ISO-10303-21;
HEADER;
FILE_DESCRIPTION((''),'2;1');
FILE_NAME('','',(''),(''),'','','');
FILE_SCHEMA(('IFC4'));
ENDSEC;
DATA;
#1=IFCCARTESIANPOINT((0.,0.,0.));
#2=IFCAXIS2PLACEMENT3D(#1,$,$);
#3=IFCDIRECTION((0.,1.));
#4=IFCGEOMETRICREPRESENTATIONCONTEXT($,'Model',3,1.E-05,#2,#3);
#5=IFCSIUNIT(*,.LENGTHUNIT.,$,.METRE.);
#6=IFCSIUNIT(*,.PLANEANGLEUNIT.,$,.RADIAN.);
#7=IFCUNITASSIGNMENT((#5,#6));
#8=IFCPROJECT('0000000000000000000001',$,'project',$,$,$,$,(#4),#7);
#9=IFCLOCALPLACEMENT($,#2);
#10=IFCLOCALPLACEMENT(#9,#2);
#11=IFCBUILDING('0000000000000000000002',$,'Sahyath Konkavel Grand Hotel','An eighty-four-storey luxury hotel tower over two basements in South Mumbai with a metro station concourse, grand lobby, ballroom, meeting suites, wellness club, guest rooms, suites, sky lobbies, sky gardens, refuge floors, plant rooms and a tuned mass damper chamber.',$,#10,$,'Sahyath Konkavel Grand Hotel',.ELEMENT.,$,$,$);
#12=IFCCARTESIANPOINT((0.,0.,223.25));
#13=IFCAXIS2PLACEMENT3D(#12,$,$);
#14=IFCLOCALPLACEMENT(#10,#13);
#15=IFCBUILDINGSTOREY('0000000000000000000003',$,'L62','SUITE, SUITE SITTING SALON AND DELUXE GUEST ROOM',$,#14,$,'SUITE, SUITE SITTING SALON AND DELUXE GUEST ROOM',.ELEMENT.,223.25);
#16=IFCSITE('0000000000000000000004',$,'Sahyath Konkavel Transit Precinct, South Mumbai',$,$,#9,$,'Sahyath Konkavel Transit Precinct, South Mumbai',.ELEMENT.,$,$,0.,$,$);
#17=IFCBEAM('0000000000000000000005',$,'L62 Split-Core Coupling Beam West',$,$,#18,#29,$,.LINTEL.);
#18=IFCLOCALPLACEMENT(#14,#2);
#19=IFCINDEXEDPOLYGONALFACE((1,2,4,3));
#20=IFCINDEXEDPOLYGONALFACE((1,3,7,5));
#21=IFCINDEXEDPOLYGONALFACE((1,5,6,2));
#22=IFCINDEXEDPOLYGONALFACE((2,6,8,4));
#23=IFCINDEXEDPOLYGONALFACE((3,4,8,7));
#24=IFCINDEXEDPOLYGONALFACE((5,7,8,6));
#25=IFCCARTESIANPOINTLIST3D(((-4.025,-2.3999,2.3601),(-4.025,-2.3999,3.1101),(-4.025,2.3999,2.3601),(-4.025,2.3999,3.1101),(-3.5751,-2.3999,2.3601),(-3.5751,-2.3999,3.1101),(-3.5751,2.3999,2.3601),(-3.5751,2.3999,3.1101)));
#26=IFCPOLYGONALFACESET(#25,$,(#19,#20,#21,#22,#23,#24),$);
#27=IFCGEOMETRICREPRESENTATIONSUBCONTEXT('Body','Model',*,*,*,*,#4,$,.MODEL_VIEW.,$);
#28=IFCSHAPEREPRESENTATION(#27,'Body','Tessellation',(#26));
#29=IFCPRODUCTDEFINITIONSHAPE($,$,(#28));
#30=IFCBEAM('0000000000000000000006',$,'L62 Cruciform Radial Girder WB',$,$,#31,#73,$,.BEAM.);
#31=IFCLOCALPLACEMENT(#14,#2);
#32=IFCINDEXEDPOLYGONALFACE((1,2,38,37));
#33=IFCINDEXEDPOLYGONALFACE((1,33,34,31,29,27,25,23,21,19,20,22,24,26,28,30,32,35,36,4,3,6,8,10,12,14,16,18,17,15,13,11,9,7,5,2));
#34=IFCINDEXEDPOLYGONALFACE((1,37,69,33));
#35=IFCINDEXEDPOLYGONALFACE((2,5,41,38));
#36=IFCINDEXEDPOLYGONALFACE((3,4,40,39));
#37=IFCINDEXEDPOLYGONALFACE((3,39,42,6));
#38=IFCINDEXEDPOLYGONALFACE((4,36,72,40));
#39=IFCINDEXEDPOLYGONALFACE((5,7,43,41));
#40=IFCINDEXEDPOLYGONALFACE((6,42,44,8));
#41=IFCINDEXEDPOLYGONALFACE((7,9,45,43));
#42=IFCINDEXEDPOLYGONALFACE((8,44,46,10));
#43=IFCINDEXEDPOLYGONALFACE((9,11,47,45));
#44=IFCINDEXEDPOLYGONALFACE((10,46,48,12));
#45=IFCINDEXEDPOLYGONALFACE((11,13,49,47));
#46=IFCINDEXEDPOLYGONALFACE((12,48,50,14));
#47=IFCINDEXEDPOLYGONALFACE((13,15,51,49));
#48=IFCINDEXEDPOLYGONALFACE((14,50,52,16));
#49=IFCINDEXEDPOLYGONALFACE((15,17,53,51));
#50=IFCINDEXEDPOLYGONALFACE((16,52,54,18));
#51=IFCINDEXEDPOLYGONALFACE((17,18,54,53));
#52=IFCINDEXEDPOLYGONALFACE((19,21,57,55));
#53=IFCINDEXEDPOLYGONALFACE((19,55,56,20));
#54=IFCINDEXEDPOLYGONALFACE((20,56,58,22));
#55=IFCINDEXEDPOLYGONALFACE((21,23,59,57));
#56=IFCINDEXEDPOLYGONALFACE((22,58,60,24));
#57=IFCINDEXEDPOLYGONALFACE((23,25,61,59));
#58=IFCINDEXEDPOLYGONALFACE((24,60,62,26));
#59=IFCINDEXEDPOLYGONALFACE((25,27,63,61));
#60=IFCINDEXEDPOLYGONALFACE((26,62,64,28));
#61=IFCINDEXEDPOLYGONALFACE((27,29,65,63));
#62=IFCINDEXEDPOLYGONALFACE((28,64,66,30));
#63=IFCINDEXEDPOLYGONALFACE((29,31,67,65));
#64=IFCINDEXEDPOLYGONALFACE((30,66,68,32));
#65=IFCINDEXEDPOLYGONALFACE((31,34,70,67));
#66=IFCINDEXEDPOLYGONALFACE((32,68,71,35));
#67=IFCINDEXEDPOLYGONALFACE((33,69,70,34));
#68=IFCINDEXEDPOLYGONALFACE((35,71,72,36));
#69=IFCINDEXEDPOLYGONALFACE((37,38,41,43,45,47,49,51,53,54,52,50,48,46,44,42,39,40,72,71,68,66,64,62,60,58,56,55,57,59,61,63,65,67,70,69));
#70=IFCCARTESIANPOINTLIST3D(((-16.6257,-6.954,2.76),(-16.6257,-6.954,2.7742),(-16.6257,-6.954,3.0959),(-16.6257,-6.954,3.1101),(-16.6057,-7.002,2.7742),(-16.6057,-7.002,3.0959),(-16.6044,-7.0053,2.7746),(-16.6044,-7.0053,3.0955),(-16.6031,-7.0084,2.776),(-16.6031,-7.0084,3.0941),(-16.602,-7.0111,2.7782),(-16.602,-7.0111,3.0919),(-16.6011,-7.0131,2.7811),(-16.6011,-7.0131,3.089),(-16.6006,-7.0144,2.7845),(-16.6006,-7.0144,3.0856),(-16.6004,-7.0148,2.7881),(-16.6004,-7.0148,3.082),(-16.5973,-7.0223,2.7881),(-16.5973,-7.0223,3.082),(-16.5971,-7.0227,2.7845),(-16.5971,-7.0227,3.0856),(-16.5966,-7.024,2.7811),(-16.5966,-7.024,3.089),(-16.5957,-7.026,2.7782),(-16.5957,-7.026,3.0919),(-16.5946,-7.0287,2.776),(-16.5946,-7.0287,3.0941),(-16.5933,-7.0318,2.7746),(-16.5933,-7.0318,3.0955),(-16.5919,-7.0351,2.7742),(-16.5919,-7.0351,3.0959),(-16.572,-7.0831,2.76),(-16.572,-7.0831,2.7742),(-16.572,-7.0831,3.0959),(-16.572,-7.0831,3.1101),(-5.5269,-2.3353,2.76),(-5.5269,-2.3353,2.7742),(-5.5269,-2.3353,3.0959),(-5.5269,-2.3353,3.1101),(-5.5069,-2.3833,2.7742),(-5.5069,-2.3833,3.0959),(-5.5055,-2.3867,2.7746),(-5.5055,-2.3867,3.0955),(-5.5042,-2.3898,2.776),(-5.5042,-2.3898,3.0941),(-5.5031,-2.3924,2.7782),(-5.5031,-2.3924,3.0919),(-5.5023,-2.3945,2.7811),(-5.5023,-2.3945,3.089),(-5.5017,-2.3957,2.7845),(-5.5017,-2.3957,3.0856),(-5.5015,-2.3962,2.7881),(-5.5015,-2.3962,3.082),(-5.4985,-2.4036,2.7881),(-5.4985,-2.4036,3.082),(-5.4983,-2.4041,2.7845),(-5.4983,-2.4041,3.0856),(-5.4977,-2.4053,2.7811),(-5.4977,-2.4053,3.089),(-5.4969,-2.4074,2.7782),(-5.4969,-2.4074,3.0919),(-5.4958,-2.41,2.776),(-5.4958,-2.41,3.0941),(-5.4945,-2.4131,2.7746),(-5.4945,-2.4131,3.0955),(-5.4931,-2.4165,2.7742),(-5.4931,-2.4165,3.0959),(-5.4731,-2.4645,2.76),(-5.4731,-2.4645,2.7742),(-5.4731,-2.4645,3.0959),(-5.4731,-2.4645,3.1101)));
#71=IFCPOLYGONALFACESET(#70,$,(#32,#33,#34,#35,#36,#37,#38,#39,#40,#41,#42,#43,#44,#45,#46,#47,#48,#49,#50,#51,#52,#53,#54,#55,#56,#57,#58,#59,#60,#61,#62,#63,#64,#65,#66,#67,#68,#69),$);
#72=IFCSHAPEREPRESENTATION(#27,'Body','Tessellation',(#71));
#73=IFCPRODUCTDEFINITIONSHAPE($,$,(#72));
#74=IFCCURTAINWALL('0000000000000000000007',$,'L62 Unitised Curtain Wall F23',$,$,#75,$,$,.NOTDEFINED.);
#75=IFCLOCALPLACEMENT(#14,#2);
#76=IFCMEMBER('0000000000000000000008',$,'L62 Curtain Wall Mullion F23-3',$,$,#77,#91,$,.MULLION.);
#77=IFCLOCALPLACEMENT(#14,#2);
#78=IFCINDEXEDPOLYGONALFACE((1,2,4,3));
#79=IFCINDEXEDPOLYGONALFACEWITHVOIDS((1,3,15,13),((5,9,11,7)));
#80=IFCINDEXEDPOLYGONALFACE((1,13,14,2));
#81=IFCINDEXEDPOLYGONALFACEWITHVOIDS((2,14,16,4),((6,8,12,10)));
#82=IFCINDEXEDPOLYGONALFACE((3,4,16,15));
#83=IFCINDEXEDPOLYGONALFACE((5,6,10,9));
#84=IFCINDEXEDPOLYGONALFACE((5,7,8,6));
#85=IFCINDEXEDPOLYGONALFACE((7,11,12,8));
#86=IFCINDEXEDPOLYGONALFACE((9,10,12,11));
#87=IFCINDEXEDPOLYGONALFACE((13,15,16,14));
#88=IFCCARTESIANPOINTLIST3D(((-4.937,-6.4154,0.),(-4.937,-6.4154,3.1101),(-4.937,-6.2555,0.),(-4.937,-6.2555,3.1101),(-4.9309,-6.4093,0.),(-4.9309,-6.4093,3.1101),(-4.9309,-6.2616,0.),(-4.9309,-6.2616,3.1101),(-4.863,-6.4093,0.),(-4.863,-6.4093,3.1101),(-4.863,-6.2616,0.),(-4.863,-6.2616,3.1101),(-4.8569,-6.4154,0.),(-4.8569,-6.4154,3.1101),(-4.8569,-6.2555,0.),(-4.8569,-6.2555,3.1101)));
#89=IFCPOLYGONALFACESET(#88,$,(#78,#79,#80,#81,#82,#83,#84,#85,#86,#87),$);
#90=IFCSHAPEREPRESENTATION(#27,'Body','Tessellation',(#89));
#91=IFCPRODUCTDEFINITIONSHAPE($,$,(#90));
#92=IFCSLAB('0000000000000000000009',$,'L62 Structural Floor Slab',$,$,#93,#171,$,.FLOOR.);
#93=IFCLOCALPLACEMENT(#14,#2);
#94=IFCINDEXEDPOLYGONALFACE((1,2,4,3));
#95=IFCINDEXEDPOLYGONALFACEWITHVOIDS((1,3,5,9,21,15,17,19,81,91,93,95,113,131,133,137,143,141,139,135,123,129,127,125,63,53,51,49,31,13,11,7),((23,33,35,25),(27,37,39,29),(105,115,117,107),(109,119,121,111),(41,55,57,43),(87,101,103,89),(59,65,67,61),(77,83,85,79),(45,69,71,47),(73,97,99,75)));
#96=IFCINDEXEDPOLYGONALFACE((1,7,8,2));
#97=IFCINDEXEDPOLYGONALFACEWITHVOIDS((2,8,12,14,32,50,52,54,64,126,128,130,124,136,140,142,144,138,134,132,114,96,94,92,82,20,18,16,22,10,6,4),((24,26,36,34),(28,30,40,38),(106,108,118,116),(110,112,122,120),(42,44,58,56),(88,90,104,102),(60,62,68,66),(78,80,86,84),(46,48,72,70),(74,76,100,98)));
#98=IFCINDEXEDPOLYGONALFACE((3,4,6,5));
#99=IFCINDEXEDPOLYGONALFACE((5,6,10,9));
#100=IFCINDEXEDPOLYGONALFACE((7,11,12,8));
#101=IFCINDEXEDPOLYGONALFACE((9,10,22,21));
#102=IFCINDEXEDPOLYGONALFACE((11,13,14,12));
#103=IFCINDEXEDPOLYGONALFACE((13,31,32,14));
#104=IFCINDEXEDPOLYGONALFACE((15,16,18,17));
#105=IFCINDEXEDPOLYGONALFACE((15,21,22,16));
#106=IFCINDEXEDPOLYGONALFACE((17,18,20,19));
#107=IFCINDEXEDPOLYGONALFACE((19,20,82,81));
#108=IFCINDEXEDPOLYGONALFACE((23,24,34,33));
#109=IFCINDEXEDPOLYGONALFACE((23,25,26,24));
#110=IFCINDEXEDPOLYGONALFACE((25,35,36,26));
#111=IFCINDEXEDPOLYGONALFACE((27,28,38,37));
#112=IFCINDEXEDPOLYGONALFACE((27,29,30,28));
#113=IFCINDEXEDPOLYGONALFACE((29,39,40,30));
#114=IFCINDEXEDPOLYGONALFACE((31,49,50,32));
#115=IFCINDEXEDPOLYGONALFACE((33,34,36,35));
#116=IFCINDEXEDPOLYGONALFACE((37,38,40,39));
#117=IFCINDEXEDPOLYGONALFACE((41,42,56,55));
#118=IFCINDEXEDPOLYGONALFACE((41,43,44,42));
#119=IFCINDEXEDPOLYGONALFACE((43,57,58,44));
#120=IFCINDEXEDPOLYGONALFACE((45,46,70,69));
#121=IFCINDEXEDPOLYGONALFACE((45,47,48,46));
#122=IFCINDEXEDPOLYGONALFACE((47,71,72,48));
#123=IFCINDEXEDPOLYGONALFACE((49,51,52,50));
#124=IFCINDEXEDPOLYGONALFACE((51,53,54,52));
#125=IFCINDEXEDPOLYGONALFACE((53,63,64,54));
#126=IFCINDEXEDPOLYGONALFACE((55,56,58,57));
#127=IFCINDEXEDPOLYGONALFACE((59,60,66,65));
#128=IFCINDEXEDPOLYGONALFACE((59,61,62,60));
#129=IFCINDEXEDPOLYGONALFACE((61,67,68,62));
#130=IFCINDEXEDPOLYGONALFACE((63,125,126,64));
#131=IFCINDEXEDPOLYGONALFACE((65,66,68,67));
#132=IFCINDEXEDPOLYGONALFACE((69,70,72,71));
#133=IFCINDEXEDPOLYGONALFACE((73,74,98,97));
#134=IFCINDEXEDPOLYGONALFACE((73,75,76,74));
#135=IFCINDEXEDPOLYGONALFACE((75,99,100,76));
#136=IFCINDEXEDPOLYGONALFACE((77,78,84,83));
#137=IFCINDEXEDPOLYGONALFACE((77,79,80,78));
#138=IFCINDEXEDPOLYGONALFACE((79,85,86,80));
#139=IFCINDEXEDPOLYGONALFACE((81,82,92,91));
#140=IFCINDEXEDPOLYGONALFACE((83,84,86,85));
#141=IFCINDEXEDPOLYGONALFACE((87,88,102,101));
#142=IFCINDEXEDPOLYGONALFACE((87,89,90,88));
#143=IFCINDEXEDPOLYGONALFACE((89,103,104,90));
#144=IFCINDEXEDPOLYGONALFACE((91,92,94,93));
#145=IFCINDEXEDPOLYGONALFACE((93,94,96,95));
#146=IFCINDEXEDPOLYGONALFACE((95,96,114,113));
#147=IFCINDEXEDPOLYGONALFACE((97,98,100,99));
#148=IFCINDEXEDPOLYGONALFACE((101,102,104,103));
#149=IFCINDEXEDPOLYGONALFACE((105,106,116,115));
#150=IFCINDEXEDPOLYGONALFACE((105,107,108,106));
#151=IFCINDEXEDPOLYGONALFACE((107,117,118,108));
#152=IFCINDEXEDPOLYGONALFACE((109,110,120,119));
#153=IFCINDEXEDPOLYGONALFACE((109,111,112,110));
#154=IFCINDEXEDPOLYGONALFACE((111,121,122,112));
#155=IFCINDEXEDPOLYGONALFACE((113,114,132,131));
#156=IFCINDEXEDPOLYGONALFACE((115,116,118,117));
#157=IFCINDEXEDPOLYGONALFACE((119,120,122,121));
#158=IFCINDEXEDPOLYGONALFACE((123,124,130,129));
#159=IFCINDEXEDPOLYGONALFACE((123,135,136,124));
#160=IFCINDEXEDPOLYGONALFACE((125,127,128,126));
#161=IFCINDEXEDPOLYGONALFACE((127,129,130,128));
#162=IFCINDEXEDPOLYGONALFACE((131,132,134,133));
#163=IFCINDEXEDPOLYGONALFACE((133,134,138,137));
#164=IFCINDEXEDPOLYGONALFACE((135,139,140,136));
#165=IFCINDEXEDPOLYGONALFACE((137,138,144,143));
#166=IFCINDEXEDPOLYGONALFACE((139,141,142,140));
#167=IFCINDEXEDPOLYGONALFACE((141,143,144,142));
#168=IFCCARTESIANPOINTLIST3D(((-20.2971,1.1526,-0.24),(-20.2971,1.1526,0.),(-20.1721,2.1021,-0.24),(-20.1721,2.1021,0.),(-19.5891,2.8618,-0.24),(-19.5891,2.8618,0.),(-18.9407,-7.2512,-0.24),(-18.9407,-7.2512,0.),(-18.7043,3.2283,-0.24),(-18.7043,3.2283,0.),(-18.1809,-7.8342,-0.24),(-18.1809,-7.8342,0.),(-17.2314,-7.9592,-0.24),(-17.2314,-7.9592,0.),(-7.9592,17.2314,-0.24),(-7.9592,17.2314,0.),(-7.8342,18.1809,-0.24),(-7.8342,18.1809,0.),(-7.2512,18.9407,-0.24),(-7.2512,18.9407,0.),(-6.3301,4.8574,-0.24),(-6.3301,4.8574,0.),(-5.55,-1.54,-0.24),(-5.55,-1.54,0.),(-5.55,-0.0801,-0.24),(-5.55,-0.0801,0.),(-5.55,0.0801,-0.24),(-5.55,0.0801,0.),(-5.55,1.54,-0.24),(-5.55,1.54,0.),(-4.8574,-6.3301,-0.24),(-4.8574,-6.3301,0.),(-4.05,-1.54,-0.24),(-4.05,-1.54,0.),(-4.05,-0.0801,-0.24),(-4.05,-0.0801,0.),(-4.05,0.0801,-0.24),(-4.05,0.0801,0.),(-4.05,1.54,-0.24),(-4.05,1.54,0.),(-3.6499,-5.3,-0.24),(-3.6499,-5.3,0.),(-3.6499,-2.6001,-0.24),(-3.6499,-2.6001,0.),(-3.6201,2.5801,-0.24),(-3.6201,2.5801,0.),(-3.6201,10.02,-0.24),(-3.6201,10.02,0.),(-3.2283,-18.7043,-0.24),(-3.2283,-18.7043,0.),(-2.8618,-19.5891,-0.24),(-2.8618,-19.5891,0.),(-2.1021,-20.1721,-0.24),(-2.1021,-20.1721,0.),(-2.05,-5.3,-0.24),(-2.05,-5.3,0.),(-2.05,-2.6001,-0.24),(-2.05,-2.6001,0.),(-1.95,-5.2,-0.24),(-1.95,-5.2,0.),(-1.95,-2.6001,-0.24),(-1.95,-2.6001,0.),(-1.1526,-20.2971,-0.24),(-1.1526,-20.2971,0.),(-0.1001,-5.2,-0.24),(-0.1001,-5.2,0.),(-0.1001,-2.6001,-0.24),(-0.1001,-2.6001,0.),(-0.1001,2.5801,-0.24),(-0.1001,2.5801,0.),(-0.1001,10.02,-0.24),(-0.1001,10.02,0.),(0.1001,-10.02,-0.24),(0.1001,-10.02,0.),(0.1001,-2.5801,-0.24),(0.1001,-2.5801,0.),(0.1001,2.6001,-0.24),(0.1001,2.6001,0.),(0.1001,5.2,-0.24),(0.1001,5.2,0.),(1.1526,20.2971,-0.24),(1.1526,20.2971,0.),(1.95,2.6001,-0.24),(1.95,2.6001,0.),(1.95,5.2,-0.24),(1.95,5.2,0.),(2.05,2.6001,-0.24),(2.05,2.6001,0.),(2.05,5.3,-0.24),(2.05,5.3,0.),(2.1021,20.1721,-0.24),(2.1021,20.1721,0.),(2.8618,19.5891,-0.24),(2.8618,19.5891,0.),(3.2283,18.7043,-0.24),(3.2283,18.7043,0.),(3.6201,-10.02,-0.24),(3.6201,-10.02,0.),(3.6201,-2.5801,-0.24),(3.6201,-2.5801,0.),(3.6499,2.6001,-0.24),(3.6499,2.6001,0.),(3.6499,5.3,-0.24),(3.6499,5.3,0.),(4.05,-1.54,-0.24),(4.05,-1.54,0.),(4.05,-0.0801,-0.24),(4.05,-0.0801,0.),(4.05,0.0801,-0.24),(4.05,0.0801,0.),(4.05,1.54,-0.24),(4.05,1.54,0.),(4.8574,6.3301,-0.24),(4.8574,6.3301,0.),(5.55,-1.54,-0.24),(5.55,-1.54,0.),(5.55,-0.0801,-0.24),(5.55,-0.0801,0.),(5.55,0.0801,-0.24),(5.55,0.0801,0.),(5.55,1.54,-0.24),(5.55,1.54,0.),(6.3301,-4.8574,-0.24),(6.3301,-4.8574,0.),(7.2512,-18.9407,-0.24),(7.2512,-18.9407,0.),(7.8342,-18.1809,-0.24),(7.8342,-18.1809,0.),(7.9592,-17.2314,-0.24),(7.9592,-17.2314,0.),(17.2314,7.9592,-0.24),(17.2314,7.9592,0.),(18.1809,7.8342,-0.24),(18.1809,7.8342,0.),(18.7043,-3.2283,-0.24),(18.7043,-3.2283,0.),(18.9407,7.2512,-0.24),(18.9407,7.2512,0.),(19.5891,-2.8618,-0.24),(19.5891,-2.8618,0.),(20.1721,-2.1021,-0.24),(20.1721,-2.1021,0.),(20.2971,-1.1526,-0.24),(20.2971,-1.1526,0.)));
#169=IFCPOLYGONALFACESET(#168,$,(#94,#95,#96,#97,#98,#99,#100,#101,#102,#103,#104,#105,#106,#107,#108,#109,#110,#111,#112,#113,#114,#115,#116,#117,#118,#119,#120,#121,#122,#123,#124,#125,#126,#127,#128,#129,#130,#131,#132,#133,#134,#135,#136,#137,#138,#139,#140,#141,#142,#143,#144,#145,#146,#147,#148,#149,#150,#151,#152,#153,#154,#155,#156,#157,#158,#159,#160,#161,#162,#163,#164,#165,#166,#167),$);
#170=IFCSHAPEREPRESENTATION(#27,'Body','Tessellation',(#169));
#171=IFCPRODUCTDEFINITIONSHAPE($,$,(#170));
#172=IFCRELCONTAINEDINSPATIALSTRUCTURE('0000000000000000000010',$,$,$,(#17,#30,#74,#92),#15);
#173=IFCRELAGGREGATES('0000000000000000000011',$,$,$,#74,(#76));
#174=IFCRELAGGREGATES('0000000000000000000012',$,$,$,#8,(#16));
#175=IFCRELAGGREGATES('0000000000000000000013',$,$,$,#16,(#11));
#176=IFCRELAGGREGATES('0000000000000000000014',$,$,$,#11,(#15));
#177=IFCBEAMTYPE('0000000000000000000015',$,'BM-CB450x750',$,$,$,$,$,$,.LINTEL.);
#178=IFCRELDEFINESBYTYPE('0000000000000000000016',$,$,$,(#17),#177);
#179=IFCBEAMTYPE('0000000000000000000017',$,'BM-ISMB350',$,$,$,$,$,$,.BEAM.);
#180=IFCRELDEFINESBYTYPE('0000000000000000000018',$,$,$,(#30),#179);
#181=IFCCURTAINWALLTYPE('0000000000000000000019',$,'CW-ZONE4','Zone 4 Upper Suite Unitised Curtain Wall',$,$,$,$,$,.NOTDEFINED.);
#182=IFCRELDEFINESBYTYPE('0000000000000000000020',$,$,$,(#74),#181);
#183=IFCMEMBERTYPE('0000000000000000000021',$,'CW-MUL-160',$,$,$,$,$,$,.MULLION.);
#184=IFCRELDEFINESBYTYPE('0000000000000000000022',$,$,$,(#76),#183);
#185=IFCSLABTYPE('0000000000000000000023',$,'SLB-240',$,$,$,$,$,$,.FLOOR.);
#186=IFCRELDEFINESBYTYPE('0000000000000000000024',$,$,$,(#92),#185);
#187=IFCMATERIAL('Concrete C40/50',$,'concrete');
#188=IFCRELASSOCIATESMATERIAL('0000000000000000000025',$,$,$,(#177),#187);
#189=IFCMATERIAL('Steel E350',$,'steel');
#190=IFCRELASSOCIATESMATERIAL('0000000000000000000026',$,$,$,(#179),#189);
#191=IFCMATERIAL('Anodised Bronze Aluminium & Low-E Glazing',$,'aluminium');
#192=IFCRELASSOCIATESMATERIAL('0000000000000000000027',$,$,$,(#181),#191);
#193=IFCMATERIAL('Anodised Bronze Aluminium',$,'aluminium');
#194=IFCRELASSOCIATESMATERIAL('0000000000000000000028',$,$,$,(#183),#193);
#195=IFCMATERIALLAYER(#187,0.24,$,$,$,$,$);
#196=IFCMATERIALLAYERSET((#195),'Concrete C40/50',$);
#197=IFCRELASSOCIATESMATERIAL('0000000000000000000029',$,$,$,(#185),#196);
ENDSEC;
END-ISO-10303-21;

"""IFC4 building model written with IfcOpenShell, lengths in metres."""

from ifc_helpers import new_model, si_unit, direction, frame, origin, origin_2d, place, context, subcontext, project, spatial, polyline, rectangle, hollow_rectangle, i_section, outline, extrude, source, transform, mapped, material, layer, layer_set, material_profile, profile_set, type_object, element, aggregate, save


model = new_model("IFC4")

# Units and contexts
model_context = context("Model", 3, precision=1e-05, world=origin(), true_north=direction((0.0, 1.0)))
body_context = subcontext(model_context, "Body", "Model", "MODEL_VIEW")
ifc_project = project(units=[si_unit("LENGTHUNIT", "METRE"), si_unit("PLANEANGLEUNIT", "RADIAN")], contexts=[model_context])

# Site, building, storey
site_placement = place(None, origin())
site = spatial("IfcSite", under=ifc_project, at=site_placement, Name="Sahyath Konkavel Transit Precinct, South Mumbai", LongName="Sahyath Konkavel Transit Precinct, South Mumbai", CompositionType="ELEMENT", RefElevation=0.0)
building_placement = place(site_placement, origin())
building = spatial("IfcBuilding", under=site, at=building_placement, Name="Sahyath Konkavel Grand Hotel", Description="An eighty-four-storey luxury hotel tower over two basements in South Mumbai with a metro station concourse, grand lobby, ballroom, meeting suites, wellness club, guest rooms, suites, sky lobbies, sky gardens, refuge floors, plant rooms and a tuned mass damper chamber.", LongName="Sahyath Konkavel Grand Hotel", CompositionType="ELEMENT")
storey_placement = place(building_placement, frame((0.0, 0.0, 223.25)))
storey = spatial("IfcBuildingStorey", under=building, at=storey_placement, Name="L62", Description="SUITE, SUITE SITTING SALON AND DELUXE GUEST ROOM", LongName="SUITE, SUITE SITTING SALON AND DELUXE GUEST ROOM", CompositionType="ELEMENT", Elevation=223.25)

# Shared definitions
ifc_material_1 = material(Name="Concrete C40/50", Category="concrete")

# Beams
ifc_material_2 = material(Name="Steel E350", Category="steel")
ifc_material_profile_1 = material_profile(ifc_material_1, rectangle(XDim=0.45, YDim=0.75, at=origin_2d()), Name="RC 450x750")
ifc_profile_set_1 = profile_set([ifc_material_profile_1], Name="Concrete C40/50")
beam_type_1 = type_object("IfcBeamType", Name="BM-CB450x750", PredefinedType="LINTEL", material=ifc_profile_set_1)
shared_shape_1 = source(origin(), body_context, "Body", "SweptSolid", [
    extrude(rectangle(XDim=0.45, YDim=0.75, at=origin_2d()), origin(), (0.0, 0.0, 1.0), 4.7998),
])
beam_1_placement = place(storey_placement, frame((-3.8, -2.3999, 2.7351), z_axis=(0.0, 1.0, 0.0), x_axis=(-1.0, 0.0, 0.0)))
element("IfcBeam", 1, at=beam_1_placement, inside=storey, type_object=beam_type_1, Name="L62 Split-Core Coupling Beam West", PredefinedType="LINTEL", context=body_context, shape_type="MappedRepresentation", body=[
    mapped(shared_shape_1, transform((0.0, 0.0, 0.0), scale=1.0)),
])
ifc_material_profile_2 = material_profile(ifc_material_2, i_section(OverallWidth=0.1399, OverallDepth=0.3501, WebThickness=0.0081, FlangeThickness=0.0142, FilletRadius=0.0139, at=origin_2d()), Name="ISMB 350")
ifc_profile_set_2 = profile_set([ifc_material_profile_2], Name="Steel E350")
beam_type_2 = type_object("IfcBeamType", Name="BM-ISMB350", PredefinedType="BEAM", material=ifc_profile_set_2)
shared_shape_2 = source(origin(), body_context, "Body", "SweptSolid", [
    extrude(i_section(OverallWidth=0.1399, OverallDepth=0.3501, WebThickness=0.0081, FlangeThickness=0.0142, FilletRadius=0.0139, at=origin_2d()), origin(), (0.0, 0.0, 1.0), 12.0215),
])
beam_2_placement = place(storey_placement, frame((-5.5, -2.3999, 2.9351), z_axis=(-0.92325, -0.384199, 0.0), x_axis=(0.384199, -0.92325, 0.0)))
element("IfcBeam", 2, at=beam_2_placement, inside=storey, type_object=beam_type_2, Name="L62 Cruciform Radial Girder WB", PredefinedType="BEAM", context=body_context, shape_type="MappedRepresentation", body=[
    mapped(shared_shape_2, transform((0.0, 0.0, 0.0), scale=1.0)),
])

# Curtain wall, member
ifc_material_3 = material(Name="Anodised Bronze Aluminium & Low-E Glazing", Category="aluminium")
curtain_wall_type = type_object("IfcCurtainWallType", Name="CW-ZONE4", Description="Zone 4 Upper Suite Unitised Curtain Wall", PredefinedType="NOTDEFINED", material=ifc_material_3)
curtain_wall_placement = place(storey_placement, origin())
curtain_wall = element("IfcCurtainWall", 3, at=curtain_wall_placement, inside=storey, type_object=curtain_wall_type, Name="L62 Unitised Curtain Wall F23", PredefinedType="NOTDEFINED")
ifc_material_4 = material(Name="Anodised Bronze Aluminium", Category="aluminium")
ifc_material_profile_3 = material_profile(ifc_material_4, hollow_rectangle(XDim=0.0801, YDim=0.1599, WallThickness=0.0061, at=origin_2d()), Name="RHS 160x80x6")
ifc_profile_set_3 = profile_set([ifc_material_profile_3], Name="Anodised Bronze Aluminium")
member_type = type_object("IfcMemberType", Name="CW-MUL-160", PredefinedType="MULLION", material=ifc_profile_set_3)
shared_shape_3 = source(origin(), body_context, "Body", "SweptSolid", [
    extrude(hollow_rectangle(XDim=0.0801, YDim=0.1599, WallThickness=0.0061, at=origin_2d()), origin(), (0.0, 0.0, 1.0), 3.1101),
])
member_placement = place(storey_placement, frame((-4.897, -6.3354, 0.0), z_axis=(0.0, 0.0, 1.0), x_axis=(1.0, 0.0, 0.0)))
member = element("IfcMember", 4, at=member_placement, type_object=member_type, Name="L62 Curtain Wall Mullion F23-3", PredefinedType="MULLION", context=body_context, shape_type="MappedRepresentation", body=[
    mapped(shared_shape_3, transform((0.0, 0.0, 0.0), scale=1.0)),
])
aggregate(curtain_wall, [member])

# Slab
ifc_layer_1 = layer(ifc_material_1, 0.24)
ifc_layer_set_1 = layer_set([ifc_layer_1], Name="Concrete C40/50")
slab_type_1 = type_object("IfcSlabType", Name="SLB-240", PredefinedType="FLOOR", material=ifc_layer_set_1)
slab_1_placement = place(storey_placement, frame((0.0, 0.0, -0.24)))
element("IfcSlab", 5, at=slab_1_placement, inside=storey, type_object=slab_type_1, Name="L62 Structural Floor Slab", PredefinedType="FLOOR", context=body_context, shape_type="SweptSolid", body=[
    extrude(outline(polyline([(6.3301, -4.8574), (18.7043, -3.2283), (19.5891, -2.8618), (20.1721, -2.1021), (20.2971, -1.1526), (18.9407, 7.2512), (18.1809, 7.8342), (17.2314, 7.9592), (4.8574, 6.3301), (3.2283, 18.7043), (2.8618, 19.5891), (2.1021, 20.1721), (1.1526, 20.2971), (-7.2512, 18.9407), (-7.8342, 18.1809), (-7.9592, 17.2314), (-6.3301, 4.8574), (-18.7043, 3.2283), (-19.5891, 2.8618), (-20.1721, 2.1021), (-20.2971, 1.1526), (-18.9407, -7.2512), (-18.1809, -7.8342), (-17.2314, -7.9592), (-4.8574, -6.3301), (-3.2283, -18.7043), (-2.8618, -19.5891), (-2.1021, -20.1721), (-1.1526, -20.2971), (7.2512, -18.9407), (7.8342, -18.1809), (7.9592, -17.2314), (6.3301, -4.8574)]), holes=[polyline([(-3.6201, 2.5801), (-0.1001, 2.5801), (-0.1001, 10.02), (-3.6201, 10.02), (-3.6201, 2.5801)]), polyline([(0.1001, -10.02), (3.6201, -10.02), (3.6201, -2.5801), (0.1001, -2.5801), (0.1001, -10.02)]), polyline([(0.1001, 2.6001), (1.95, 2.6001), (1.95, 5.2), (0.1001, 5.2), (0.1001, 2.6001)]), polyline([(-1.95, -5.2), (-0.1001, -5.2), (-0.1001, -2.6001), (-1.95, -2.6001), (-1.95, -5.2)]), polyline([(2.05, 2.6001), (3.6499, 2.6001), (3.6499, 5.3), (2.05, 5.3), (2.05, 2.6001)]), polyline([(-3.6499, -5.3), (-2.05, -5.3), (-2.05, -2.6001), (-3.6499, -2.6001), (-3.6499, -5.3)]), polyline([(4.05, 0.0801), (5.55, 0.0801), (5.55, 1.54), (4.05, 1.54), (4.05, 0.0801)]), polyline([(4.05, -1.54), (5.55, -1.54), (5.55, -0.0801), (4.05, -0.0801), (4.05, -1.54)]), polyline([(-5.55, 0.0801), (-4.05, 0.0801), (-4.05, 1.54), (-5.55, 1.54), (-5.55, 0.0801)]), polyline([(-5.55, -1.54), (-4.05, -1.54), (-4.05, -0.0801), (-5.55, -0.0801), (-5.55, -1.54)])]), origin(), (0.0, 0.0, 1.0), 0.24),
])

save(model, "model.ifc")
